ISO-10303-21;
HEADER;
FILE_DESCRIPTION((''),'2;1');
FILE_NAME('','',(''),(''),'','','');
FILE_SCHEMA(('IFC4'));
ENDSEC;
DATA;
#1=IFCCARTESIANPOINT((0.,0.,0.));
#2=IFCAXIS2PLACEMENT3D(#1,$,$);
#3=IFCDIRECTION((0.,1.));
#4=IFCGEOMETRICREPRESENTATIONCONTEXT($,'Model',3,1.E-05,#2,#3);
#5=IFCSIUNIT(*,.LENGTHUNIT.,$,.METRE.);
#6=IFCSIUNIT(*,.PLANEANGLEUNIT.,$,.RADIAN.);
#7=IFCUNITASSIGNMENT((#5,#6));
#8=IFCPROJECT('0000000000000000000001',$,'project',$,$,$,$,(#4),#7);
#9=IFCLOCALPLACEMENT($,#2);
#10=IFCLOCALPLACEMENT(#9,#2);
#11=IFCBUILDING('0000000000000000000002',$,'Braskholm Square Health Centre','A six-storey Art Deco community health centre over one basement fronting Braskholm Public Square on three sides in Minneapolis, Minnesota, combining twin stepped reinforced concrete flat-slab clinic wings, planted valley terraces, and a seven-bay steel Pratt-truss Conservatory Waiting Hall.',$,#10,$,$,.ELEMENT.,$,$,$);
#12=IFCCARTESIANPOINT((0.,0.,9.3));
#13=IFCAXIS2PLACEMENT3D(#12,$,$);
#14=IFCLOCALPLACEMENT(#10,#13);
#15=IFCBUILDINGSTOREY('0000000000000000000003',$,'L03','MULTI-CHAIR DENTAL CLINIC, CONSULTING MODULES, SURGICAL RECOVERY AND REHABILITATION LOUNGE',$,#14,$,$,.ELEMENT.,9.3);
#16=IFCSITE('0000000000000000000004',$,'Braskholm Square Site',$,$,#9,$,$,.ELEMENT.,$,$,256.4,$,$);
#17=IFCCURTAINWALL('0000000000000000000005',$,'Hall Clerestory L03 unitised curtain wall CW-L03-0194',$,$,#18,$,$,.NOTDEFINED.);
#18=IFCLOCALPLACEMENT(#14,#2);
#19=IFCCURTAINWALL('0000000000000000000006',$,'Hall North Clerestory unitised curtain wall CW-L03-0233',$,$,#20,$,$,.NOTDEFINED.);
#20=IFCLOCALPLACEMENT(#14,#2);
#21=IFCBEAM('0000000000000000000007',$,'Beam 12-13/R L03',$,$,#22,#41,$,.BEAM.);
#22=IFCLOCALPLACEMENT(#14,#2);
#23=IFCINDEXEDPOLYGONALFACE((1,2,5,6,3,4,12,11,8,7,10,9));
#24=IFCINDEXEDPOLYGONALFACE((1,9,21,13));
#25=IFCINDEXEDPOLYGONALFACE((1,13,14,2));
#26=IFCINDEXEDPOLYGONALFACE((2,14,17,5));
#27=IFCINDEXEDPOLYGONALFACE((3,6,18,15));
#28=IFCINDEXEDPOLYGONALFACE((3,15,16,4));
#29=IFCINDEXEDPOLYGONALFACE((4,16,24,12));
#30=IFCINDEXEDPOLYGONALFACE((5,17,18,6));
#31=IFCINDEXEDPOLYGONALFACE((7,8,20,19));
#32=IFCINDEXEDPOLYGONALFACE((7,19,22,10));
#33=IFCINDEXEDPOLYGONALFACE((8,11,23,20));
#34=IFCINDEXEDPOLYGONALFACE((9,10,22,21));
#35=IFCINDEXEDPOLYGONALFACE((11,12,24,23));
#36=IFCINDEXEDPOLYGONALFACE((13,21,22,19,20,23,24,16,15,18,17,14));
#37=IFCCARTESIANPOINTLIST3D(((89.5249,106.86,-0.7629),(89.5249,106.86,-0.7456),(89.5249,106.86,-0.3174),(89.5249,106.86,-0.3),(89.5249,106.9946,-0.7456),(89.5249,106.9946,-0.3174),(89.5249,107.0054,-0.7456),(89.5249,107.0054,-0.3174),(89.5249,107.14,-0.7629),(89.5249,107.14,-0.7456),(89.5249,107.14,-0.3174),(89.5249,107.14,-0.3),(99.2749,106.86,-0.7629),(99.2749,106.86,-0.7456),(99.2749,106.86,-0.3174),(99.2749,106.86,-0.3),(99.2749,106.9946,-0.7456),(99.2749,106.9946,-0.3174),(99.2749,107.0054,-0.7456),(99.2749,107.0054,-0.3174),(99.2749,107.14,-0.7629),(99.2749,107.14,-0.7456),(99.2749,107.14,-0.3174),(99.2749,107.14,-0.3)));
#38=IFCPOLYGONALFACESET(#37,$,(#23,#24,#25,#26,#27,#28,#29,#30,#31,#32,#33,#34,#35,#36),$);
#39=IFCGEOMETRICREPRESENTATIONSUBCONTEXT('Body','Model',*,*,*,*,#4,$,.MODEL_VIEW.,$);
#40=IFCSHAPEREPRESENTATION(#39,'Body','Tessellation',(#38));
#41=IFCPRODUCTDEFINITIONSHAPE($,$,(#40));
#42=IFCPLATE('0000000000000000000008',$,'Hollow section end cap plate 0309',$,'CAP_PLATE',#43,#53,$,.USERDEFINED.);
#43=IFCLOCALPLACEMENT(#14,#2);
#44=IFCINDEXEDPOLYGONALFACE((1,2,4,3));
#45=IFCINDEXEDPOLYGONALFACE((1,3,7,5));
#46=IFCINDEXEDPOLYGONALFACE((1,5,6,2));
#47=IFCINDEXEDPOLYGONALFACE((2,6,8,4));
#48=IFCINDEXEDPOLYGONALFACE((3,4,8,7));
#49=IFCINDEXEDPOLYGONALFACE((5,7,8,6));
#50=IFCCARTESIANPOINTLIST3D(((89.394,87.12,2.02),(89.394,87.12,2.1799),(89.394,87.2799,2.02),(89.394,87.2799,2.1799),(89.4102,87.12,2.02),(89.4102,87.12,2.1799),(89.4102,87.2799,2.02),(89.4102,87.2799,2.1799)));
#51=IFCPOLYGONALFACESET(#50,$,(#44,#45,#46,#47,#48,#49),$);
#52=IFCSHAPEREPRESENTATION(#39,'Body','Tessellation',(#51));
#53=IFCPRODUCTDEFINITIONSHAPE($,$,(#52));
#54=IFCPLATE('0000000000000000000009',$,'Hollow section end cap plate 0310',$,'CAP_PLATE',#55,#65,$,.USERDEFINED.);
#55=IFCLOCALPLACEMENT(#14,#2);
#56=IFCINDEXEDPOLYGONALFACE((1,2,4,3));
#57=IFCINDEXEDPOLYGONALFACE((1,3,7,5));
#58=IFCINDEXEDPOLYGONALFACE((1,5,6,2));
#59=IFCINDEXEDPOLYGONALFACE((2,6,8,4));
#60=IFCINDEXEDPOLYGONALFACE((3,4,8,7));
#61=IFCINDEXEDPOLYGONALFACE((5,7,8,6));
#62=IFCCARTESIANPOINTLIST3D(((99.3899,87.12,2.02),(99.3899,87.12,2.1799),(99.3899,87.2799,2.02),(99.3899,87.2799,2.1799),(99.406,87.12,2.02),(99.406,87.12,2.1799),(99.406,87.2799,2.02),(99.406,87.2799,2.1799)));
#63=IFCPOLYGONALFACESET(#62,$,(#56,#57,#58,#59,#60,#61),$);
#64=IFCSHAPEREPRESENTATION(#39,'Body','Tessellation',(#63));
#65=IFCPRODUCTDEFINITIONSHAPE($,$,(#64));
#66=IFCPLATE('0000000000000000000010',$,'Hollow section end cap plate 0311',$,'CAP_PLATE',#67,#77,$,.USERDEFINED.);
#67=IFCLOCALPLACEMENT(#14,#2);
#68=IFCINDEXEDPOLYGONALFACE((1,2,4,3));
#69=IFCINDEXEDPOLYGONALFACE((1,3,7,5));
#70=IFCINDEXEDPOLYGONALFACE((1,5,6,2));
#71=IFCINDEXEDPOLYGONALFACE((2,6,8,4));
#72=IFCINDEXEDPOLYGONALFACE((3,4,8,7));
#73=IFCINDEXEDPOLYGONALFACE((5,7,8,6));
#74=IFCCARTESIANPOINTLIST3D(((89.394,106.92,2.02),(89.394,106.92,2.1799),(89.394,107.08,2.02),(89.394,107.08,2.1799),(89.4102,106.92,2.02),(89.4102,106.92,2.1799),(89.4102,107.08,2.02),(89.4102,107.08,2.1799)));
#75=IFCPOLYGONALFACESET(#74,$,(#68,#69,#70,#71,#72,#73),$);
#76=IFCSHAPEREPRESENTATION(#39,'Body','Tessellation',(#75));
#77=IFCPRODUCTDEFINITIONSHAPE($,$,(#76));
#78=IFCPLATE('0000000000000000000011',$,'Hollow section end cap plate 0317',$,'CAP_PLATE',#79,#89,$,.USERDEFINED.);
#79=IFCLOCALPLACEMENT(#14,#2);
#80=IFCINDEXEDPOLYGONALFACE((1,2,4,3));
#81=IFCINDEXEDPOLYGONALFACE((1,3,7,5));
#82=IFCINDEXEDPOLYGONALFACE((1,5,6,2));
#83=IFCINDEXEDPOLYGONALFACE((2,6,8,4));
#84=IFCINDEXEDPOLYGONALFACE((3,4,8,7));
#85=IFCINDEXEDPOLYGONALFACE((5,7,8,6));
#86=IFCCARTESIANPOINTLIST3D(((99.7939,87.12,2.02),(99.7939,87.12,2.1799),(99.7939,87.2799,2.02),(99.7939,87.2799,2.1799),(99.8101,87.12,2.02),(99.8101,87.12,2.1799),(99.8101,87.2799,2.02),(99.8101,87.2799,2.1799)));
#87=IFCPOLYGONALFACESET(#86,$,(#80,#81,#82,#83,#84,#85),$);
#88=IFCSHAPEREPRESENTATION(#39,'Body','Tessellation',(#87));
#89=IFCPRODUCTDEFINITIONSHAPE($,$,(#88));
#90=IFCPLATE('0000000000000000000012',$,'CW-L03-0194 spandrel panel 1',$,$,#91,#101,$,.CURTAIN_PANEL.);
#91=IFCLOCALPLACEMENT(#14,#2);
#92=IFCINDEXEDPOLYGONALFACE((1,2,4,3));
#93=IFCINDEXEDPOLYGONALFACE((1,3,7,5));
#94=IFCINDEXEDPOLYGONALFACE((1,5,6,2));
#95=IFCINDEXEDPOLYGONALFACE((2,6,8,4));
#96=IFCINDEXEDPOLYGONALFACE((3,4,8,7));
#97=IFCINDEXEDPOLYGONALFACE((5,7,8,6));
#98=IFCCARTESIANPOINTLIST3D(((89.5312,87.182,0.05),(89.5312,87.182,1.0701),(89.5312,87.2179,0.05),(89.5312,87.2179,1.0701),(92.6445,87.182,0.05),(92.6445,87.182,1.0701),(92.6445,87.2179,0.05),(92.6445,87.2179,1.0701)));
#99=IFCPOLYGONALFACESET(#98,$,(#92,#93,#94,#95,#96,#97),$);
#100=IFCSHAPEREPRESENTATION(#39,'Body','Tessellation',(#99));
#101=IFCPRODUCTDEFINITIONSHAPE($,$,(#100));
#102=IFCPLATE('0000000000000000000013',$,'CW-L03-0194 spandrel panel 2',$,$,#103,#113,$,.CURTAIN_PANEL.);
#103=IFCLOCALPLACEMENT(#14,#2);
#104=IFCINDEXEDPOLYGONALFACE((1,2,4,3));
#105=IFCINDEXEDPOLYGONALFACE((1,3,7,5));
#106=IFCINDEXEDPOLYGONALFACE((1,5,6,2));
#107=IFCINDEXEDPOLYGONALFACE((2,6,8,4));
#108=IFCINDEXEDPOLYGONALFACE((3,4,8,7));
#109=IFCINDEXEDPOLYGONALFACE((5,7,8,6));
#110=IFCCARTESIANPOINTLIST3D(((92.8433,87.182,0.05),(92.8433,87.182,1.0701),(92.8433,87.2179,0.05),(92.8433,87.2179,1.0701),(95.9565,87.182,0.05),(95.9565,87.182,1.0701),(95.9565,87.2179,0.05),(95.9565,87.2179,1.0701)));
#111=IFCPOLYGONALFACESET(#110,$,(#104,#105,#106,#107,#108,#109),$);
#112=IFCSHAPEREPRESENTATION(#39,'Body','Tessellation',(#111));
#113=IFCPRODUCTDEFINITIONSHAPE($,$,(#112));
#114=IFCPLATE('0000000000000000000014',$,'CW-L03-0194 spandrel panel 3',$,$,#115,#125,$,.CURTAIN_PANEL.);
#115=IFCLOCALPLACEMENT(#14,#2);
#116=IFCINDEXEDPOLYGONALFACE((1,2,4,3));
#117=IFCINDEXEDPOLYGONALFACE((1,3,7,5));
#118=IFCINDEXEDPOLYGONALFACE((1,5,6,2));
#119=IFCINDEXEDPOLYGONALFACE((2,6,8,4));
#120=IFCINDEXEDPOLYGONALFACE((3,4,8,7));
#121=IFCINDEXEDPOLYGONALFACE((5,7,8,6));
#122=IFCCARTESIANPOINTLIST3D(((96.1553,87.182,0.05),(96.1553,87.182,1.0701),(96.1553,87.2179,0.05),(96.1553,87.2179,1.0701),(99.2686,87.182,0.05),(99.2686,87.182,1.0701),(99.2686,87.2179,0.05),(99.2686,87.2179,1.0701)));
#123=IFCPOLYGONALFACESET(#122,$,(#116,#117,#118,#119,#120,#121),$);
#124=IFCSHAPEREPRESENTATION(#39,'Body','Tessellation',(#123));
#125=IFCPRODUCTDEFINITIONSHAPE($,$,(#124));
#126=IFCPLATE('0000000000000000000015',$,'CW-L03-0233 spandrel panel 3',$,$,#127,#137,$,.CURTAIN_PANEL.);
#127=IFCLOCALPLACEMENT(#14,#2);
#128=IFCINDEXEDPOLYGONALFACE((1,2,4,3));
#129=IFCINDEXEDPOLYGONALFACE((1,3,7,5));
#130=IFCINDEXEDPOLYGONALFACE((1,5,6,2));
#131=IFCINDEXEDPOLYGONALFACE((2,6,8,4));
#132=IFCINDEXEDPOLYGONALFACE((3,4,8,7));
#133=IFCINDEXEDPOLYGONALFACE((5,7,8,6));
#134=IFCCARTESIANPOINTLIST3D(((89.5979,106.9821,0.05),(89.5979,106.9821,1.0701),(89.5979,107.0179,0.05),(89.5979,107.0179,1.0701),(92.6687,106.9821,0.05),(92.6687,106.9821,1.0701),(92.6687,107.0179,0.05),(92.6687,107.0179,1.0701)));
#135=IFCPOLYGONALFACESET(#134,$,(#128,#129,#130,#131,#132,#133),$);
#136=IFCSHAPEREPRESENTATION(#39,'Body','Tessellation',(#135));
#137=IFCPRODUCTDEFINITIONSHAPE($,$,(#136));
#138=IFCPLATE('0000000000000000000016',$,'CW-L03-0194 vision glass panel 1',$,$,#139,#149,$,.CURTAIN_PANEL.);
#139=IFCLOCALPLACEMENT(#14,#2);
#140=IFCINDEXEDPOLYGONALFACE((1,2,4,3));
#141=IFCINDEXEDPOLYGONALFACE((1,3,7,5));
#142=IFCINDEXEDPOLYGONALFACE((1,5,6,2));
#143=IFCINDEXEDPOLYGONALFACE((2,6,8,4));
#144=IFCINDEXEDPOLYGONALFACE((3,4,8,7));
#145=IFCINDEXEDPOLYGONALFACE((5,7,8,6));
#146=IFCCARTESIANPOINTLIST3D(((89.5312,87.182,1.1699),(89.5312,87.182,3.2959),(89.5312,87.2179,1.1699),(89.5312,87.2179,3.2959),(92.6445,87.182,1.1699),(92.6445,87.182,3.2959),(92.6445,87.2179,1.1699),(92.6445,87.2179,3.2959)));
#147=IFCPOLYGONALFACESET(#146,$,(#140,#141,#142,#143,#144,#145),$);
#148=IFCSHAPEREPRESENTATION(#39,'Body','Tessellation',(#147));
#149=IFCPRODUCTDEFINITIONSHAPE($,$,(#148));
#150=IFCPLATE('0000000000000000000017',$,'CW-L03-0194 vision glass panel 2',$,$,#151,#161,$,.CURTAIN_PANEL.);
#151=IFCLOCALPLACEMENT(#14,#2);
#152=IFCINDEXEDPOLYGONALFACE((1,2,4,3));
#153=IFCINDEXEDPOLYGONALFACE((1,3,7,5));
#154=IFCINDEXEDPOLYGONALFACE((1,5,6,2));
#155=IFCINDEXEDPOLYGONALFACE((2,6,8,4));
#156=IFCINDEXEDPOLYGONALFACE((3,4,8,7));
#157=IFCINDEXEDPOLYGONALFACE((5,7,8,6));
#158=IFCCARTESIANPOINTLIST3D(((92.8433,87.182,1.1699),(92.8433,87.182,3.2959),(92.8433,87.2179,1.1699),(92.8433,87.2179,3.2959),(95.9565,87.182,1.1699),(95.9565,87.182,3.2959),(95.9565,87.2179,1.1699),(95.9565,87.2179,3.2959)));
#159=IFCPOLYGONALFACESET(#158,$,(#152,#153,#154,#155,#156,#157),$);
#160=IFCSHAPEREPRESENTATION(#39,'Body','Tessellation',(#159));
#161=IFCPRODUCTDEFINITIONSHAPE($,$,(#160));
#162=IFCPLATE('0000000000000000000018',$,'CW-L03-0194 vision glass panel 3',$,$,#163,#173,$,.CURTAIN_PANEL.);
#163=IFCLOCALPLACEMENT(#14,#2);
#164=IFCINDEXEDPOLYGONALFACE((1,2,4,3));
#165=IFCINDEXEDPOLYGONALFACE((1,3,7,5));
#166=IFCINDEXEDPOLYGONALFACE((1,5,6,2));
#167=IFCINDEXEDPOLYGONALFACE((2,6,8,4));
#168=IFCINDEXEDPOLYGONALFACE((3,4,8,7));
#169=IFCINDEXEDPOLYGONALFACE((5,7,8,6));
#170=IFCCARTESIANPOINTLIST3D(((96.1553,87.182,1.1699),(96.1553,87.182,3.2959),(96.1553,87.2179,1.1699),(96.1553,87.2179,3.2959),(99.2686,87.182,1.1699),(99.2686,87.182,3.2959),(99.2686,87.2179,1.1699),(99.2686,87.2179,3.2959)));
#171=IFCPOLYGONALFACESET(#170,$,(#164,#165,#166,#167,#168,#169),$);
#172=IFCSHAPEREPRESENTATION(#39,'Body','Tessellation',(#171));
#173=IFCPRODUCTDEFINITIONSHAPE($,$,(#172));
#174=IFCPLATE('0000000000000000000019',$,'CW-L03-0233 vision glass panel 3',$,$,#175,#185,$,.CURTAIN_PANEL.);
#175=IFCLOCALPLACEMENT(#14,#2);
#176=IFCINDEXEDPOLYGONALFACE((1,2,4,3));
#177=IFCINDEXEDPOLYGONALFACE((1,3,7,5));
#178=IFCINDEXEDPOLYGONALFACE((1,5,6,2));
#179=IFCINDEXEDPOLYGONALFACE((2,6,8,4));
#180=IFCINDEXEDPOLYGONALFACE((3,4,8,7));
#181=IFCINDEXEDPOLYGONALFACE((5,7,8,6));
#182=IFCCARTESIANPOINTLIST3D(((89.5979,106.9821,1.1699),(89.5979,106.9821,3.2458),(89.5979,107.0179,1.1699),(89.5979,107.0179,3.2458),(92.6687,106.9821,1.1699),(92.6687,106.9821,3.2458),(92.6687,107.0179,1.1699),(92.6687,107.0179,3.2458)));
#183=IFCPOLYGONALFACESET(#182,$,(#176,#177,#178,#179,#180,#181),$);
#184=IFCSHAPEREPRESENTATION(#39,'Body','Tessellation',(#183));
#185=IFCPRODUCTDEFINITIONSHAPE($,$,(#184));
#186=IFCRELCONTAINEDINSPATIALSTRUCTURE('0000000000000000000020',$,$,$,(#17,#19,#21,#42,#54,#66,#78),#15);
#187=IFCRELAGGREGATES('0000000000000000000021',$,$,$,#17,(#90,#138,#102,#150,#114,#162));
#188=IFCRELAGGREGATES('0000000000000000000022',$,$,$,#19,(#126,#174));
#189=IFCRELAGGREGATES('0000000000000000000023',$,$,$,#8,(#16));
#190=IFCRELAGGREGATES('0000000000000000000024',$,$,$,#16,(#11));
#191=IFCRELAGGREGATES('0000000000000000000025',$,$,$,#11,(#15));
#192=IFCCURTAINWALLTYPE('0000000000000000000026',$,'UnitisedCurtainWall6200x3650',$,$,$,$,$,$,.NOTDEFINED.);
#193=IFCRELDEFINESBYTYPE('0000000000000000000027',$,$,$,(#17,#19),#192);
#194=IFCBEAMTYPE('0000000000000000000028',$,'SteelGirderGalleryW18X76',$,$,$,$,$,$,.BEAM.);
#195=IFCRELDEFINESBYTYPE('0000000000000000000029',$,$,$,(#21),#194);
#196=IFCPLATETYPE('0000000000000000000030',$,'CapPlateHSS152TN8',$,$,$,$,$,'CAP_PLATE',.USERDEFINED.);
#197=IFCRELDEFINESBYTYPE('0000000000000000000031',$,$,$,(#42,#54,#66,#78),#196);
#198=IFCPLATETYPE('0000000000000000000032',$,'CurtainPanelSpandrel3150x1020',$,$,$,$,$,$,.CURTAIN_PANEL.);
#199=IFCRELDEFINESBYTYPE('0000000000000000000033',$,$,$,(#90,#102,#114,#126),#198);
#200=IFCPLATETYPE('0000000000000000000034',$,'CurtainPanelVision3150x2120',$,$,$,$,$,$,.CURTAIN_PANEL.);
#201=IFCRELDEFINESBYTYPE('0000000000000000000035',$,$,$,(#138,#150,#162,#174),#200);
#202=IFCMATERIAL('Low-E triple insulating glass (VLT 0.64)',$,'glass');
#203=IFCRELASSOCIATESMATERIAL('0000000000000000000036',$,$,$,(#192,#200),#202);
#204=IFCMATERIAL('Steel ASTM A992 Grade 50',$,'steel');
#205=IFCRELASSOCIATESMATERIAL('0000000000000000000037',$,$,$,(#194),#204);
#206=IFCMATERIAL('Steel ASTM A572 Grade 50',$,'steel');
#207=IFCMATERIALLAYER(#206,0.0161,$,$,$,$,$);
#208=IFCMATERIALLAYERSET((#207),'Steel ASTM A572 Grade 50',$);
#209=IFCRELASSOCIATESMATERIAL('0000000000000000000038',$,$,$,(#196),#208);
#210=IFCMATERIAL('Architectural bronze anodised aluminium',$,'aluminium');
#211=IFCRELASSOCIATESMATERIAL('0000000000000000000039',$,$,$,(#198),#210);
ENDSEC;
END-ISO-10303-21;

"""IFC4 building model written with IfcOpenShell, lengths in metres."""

from ifc_helpers import new_model, si_unit, direction, frame, origin, origin_2d, place, context, subcontext, project, spatial, rectangle, i_section, extrude, material, layer, layer_set, material_profile, profile_set, type_object, element, aggregate, save


model = new_model("IFC4")

# Units and contexts
model_context = context("Model", 3, precision=1e-05, world=origin(), true_north=direction((0.0, 1.0)))
body_context = subcontext(model_context, "Body", "Model", "MODEL_VIEW")
ifc_project = project(units=[si_unit("LENGTHUNIT", "METRE"), si_unit("PLANEANGLEUNIT", "RADIAN")], contexts=[model_context])

# Site, building, storey
site_placement = place(None, origin())
site = spatial("IfcSite", under=ifc_project, at=site_placement, Name="Braskholm Square Site", CompositionType="ELEMENT", RefElevation=256.4)
building_placement = place(site_placement, origin())
building = spatial("IfcBuilding", under=site, at=building_placement, Name="Braskholm Square Health Centre", Description="A six-storey Art Deco community health centre over one basement fronting Braskholm Public Square on three sides in Minneapolis, Minnesota, combining twin stepped reinforced concrete flat-slab clinic wings, planted valley terraces, and a seven-bay steel Pratt-truss Conservatory Waiting Hall.", CompositionType="ELEMENT")
storey_placement = place(building_placement, frame((0.0, 0.0, 9.3)))
storey = spatial("IfcBuildingStorey", under=building, at=storey_placement, Name="L03", Description="MULTI-CHAIR DENTAL CLINIC, CONSULTING MODULES, SURGICAL RECOVERY AND REHABILITATION LOUNGE", CompositionType="ELEMENT", Elevation=9.3)

# Curtain wall
ifc_material_1 = material(Name="Low-E triple insulating glass (VLT 0.64)", Category="glass")
curtain_wall_type = type_object("IfcCurtainWallType", Name="UnitisedCurtainWall6200x3650", PredefinedType="NOTDEFINED", material=ifc_material_1)
curtain_wall_1_placement = place(storey_placement, origin())
curtain_wall_1 = element("IfcCurtainWall", 1, at=curtain_wall_1_placement, inside=storey, type_object=curtain_wall_type, Name="Hall Clerestory L03 unitised curtain wall CW-L03-0194", PredefinedType="NOTDEFINED")
ifc_material_2 = material(Name="Architectural bronze anodised aluminium", Category="aluminium")

# Curtain wall
curtain_wall_2_placement = place(storey_placement, origin())
curtain_wall_2 = element("IfcCurtainWall", 2, at=curtain_wall_2_placement, inside=storey, type_object=curtain_wall_type, Name="Hall North Clerestory unitised curtain wall CW-L03-0233", PredefinedType="NOTDEFINED")

# Beam
ifc_material_3 = material(Name="Steel ASTM A992 Grade 50", Category="steel")
ifc_material_profile_1 = material_profile(ifc_material_3, i_section(OverallWidth=0.28, OverallDepth=0.4629, WebThickness=0.0107, FlangeThickness=0.0173, at=origin_2d()), Name="W18X76")
ifc_profile_set_1 = profile_set([ifc_material_profile_1], Name="Steel ASTM A992 Grade 50")
beam_type_1 = type_object("IfcBeamType", Name="SteelGirderGalleryW18X76", PredefinedType="BEAM", material=ifc_profile_set_1)
beam_1_placement = place(storey_placement, frame((89.5249, 107.0, -0.5315), z_axis=(1.0, 0.0, 0.0), x_axis=(0.0, 1.0, 0.0)))
element("IfcBeam", 3, at=beam_1_placement, inside=storey, type_object=beam_type_1, Name="Beam 12-13/R L03", PredefinedType="BEAM", context=body_context, shape_type="SweptSolid", body=[
    extrude(i_section(OverallWidth=0.28, OverallDepth=0.4629, WebThickness=0.0107, FlangeThickness=0.0173, at=origin_2d()), origin(), (0.0, 0.0, 1.0), 9.75),
])

# Plates
ifc_material_4 = material(Name="Steel ASTM A572 Grade 50", Category="steel")
ifc_layer_1 = layer(ifc_material_4, 0.0161)
ifc_layer_set_1 = layer_set([ifc_layer_1], Name="Steel ASTM A572 Grade 50")
plate_type_1 = type_object("IfcPlateType", Name="CapPlateHSS152TN8", ElementType="CAP_PLATE", PredefinedType="USERDEFINED", material=ifc_layer_set_1)
for number, where, z_axis, x_axis, name in (
    (4, (89.4021, 87.2, 2.02), (0.0, 0.0, 1.0), (1.0, 0.0, 0.0), "Hollow section end cap plate 0309"),
    (5, (99.3979, 87.2, 2.02), (0.0, 0.0, 1.0), (1.0, 0.0, 0.0), "Hollow section end cap plate 0310"),
    (6, (89.4021, 107.0, 2.02), (0.0, 0.0, 1.0), (1.0, 0.0, 0.0), "Hollow section end cap plate 0311"),
    (7, (99.802, 87.2, 2.02), (0.0, 0.0, 1.0), (1.0, 0.0, 0.0), "Hollow section end cap plate 0317"),
):
    element("IfcPlate", number, at=place(storey_placement, frame(where, z_axis=z_axis, x_axis=x_axis)), inside=storey, type_object=plate_type_1, Name=name, ObjectType="CAP_PLATE", PredefinedType="USERDEFINED", context=body_context, shape_type="SweptSolid", body=[
        extrude(rectangle(XDim=0.0161, YDim=0.1599, at=origin_2d()), origin(), (0.0, 0.0, 1.0), 0.1599),
    ])

# Plates
plate_type_2 = type_object("IfcPlateType", Name="CurtainPanelSpandrel3150x1020", PredefinedType="CURTAIN_PANEL", material=ifc_material_2)
plate_1_placement = place(storey_placement, frame((91.0879, 87.2, 0.05), z_axis=(0.0, 0.0, 1.0), x_axis=(1.0, 0.0, 0.0)))
plate_1 = element("IfcPlate", 8, at=plate_1_placement, type_object=plate_type_2, Name="CW-L03-0194 spandrel panel 1", PredefinedType="CURTAIN_PANEL", context=body_context, shape_type="SweptSolid", body=[
    extrude(rectangle(XDim=3.1133, YDim=0.0359, at=origin_2d()), origin(), (0.0, 0.0, 1.0), 1.02),
])
plate_2_placement = place(storey_placement, frame((94.3999, 87.2, 0.05), z_axis=(0.0, 0.0, 1.0), x_axis=(1.0, 0.0, 0.0)))
plate_2 = element("IfcPlate", 9, at=plate_2_placement, type_object=plate_type_2, Name="CW-L03-0194 spandrel panel 2", PredefinedType="CURTAIN_PANEL", context=body_context, shape_type="SweptSolid", body=[
    extrude(rectangle(XDim=3.1133, YDim=0.0359, at=origin_2d()), origin(), (0.0, 0.0, 1.0), 1.02),
])
plate_3_placement = place(storey_placement, frame((97.7119, 87.2, 0.05), z_axis=(0.0, 0.0, 1.0), x_axis=(1.0, 0.0, 0.0)))
plate_3 = element("IfcPlate", 10, at=plate_3_placement, type_object=plate_type_2, Name="CW-L03-0194 spandrel panel 3", PredefinedType="CURTAIN_PANEL", context=body_context, shape_type="SweptSolid", body=[
    extrude(rectangle(XDim=3.1133, YDim=0.0359, at=origin_2d()), origin(), (0.0, 0.0, 1.0), 1.02),
])
plate_4_placement = place(storey_placement, frame((91.1333, 107.0, 0.05), z_axis=(0.0, 0.0, 1.0), x_axis=(-1.0, 0.0, 0.0)))
plate_4 = element("IfcPlate", 11, at=plate_4_placement, type_object=plate_type_2, Name="CW-L03-0233 spandrel panel 3", PredefinedType="CURTAIN_PANEL", context=body_context, shape_type="SweptSolid", body=[
    extrude(rectangle(XDim=3.0708, YDim=0.0359, at=origin_2d()), origin(), (0.0, 0.0, 1.0), 1.02),
])
plate_type_3 = type_object("IfcPlateType", Name="CurtainPanelVision3150x2120", PredefinedType="CURTAIN_PANEL", material=ifc_material_1)
plate_5_placement = place(storey_placement, frame((91.0879, 87.2, 1.1699), z_axis=(0.0, 0.0, 1.0), x_axis=(1.0, 0.0, 0.0)))
plate_5 = element("IfcPlate", 12, at=plate_5_placement, type_object=plate_type_3, Name="CW-L03-0194 vision glass panel 1", PredefinedType="CURTAIN_PANEL", context=body_context, shape_type="SweptSolid", body=[
    extrude(rectangle(XDim=3.1133, YDim=0.0359, at=origin_2d()), origin(), (0.0, 0.0, 1.0), 2.126),
])
plate_6_placement = place(storey_placement, frame((94.3999, 87.2, 1.1699), z_axis=(0.0, 0.0, 1.0), x_axis=(1.0, 0.0, 0.0)))
plate_6 = element("IfcPlate", 13, at=plate_6_placement, type_object=plate_type_3, Name="CW-L03-0194 vision glass panel 2", PredefinedType="CURTAIN_PANEL", context=body_context, shape_type="SweptSolid", body=[
    extrude(rectangle(XDim=3.1133, YDim=0.0359, at=origin_2d()), origin(), (0.0, 0.0, 1.0), 2.126),
])
plate_7_placement = place(storey_placement, frame((97.7119, 87.2, 1.1699), z_axis=(0.0, 0.0, 1.0), x_axis=(1.0, 0.0, 0.0)))
plate_7 = element("IfcPlate", 14, at=plate_7_placement, type_object=plate_type_3, Name="CW-L03-0194 vision glass panel 3", PredefinedType="CURTAIN_PANEL", context=body_context, shape_type="SweptSolid", body=[
    extrude(rectangle(XDim=3.1133, YDim=0.0359, at=origin_2d()), origin(), (0.0, 0.0, 1.0), 2.126),
])
aggregate(curtain_wall_1, [plate_1, plate_5, plate_2, plate_6, plate_3, plate_7])
plate_8_placement = place(storey_placement, frame((91.1333, 107.0, 1.1699), z_axis=(0.0, 0.0, 1.0), x_axis=(-1.0, 0.0, 0.0)))
plate_8 = element("IfcPlate", 15, at=plate_8_placement, type_object=plate_type_3, Name="CW-L03-0233 vision glass panel 3", PredefinedType="CURTAIN_PANEL", context=body_context, shape_type="SweptSolid", body=[
    extrude(rectangle(XDim=3.0708, YDim=0.0359, at=origin_2d()), origin(), (0.0, 0.0, 1.0), 2.0759),
])
aggregate(curtain_wall_2, [plate_4, plate_8])

save(model, "model.ifc")
